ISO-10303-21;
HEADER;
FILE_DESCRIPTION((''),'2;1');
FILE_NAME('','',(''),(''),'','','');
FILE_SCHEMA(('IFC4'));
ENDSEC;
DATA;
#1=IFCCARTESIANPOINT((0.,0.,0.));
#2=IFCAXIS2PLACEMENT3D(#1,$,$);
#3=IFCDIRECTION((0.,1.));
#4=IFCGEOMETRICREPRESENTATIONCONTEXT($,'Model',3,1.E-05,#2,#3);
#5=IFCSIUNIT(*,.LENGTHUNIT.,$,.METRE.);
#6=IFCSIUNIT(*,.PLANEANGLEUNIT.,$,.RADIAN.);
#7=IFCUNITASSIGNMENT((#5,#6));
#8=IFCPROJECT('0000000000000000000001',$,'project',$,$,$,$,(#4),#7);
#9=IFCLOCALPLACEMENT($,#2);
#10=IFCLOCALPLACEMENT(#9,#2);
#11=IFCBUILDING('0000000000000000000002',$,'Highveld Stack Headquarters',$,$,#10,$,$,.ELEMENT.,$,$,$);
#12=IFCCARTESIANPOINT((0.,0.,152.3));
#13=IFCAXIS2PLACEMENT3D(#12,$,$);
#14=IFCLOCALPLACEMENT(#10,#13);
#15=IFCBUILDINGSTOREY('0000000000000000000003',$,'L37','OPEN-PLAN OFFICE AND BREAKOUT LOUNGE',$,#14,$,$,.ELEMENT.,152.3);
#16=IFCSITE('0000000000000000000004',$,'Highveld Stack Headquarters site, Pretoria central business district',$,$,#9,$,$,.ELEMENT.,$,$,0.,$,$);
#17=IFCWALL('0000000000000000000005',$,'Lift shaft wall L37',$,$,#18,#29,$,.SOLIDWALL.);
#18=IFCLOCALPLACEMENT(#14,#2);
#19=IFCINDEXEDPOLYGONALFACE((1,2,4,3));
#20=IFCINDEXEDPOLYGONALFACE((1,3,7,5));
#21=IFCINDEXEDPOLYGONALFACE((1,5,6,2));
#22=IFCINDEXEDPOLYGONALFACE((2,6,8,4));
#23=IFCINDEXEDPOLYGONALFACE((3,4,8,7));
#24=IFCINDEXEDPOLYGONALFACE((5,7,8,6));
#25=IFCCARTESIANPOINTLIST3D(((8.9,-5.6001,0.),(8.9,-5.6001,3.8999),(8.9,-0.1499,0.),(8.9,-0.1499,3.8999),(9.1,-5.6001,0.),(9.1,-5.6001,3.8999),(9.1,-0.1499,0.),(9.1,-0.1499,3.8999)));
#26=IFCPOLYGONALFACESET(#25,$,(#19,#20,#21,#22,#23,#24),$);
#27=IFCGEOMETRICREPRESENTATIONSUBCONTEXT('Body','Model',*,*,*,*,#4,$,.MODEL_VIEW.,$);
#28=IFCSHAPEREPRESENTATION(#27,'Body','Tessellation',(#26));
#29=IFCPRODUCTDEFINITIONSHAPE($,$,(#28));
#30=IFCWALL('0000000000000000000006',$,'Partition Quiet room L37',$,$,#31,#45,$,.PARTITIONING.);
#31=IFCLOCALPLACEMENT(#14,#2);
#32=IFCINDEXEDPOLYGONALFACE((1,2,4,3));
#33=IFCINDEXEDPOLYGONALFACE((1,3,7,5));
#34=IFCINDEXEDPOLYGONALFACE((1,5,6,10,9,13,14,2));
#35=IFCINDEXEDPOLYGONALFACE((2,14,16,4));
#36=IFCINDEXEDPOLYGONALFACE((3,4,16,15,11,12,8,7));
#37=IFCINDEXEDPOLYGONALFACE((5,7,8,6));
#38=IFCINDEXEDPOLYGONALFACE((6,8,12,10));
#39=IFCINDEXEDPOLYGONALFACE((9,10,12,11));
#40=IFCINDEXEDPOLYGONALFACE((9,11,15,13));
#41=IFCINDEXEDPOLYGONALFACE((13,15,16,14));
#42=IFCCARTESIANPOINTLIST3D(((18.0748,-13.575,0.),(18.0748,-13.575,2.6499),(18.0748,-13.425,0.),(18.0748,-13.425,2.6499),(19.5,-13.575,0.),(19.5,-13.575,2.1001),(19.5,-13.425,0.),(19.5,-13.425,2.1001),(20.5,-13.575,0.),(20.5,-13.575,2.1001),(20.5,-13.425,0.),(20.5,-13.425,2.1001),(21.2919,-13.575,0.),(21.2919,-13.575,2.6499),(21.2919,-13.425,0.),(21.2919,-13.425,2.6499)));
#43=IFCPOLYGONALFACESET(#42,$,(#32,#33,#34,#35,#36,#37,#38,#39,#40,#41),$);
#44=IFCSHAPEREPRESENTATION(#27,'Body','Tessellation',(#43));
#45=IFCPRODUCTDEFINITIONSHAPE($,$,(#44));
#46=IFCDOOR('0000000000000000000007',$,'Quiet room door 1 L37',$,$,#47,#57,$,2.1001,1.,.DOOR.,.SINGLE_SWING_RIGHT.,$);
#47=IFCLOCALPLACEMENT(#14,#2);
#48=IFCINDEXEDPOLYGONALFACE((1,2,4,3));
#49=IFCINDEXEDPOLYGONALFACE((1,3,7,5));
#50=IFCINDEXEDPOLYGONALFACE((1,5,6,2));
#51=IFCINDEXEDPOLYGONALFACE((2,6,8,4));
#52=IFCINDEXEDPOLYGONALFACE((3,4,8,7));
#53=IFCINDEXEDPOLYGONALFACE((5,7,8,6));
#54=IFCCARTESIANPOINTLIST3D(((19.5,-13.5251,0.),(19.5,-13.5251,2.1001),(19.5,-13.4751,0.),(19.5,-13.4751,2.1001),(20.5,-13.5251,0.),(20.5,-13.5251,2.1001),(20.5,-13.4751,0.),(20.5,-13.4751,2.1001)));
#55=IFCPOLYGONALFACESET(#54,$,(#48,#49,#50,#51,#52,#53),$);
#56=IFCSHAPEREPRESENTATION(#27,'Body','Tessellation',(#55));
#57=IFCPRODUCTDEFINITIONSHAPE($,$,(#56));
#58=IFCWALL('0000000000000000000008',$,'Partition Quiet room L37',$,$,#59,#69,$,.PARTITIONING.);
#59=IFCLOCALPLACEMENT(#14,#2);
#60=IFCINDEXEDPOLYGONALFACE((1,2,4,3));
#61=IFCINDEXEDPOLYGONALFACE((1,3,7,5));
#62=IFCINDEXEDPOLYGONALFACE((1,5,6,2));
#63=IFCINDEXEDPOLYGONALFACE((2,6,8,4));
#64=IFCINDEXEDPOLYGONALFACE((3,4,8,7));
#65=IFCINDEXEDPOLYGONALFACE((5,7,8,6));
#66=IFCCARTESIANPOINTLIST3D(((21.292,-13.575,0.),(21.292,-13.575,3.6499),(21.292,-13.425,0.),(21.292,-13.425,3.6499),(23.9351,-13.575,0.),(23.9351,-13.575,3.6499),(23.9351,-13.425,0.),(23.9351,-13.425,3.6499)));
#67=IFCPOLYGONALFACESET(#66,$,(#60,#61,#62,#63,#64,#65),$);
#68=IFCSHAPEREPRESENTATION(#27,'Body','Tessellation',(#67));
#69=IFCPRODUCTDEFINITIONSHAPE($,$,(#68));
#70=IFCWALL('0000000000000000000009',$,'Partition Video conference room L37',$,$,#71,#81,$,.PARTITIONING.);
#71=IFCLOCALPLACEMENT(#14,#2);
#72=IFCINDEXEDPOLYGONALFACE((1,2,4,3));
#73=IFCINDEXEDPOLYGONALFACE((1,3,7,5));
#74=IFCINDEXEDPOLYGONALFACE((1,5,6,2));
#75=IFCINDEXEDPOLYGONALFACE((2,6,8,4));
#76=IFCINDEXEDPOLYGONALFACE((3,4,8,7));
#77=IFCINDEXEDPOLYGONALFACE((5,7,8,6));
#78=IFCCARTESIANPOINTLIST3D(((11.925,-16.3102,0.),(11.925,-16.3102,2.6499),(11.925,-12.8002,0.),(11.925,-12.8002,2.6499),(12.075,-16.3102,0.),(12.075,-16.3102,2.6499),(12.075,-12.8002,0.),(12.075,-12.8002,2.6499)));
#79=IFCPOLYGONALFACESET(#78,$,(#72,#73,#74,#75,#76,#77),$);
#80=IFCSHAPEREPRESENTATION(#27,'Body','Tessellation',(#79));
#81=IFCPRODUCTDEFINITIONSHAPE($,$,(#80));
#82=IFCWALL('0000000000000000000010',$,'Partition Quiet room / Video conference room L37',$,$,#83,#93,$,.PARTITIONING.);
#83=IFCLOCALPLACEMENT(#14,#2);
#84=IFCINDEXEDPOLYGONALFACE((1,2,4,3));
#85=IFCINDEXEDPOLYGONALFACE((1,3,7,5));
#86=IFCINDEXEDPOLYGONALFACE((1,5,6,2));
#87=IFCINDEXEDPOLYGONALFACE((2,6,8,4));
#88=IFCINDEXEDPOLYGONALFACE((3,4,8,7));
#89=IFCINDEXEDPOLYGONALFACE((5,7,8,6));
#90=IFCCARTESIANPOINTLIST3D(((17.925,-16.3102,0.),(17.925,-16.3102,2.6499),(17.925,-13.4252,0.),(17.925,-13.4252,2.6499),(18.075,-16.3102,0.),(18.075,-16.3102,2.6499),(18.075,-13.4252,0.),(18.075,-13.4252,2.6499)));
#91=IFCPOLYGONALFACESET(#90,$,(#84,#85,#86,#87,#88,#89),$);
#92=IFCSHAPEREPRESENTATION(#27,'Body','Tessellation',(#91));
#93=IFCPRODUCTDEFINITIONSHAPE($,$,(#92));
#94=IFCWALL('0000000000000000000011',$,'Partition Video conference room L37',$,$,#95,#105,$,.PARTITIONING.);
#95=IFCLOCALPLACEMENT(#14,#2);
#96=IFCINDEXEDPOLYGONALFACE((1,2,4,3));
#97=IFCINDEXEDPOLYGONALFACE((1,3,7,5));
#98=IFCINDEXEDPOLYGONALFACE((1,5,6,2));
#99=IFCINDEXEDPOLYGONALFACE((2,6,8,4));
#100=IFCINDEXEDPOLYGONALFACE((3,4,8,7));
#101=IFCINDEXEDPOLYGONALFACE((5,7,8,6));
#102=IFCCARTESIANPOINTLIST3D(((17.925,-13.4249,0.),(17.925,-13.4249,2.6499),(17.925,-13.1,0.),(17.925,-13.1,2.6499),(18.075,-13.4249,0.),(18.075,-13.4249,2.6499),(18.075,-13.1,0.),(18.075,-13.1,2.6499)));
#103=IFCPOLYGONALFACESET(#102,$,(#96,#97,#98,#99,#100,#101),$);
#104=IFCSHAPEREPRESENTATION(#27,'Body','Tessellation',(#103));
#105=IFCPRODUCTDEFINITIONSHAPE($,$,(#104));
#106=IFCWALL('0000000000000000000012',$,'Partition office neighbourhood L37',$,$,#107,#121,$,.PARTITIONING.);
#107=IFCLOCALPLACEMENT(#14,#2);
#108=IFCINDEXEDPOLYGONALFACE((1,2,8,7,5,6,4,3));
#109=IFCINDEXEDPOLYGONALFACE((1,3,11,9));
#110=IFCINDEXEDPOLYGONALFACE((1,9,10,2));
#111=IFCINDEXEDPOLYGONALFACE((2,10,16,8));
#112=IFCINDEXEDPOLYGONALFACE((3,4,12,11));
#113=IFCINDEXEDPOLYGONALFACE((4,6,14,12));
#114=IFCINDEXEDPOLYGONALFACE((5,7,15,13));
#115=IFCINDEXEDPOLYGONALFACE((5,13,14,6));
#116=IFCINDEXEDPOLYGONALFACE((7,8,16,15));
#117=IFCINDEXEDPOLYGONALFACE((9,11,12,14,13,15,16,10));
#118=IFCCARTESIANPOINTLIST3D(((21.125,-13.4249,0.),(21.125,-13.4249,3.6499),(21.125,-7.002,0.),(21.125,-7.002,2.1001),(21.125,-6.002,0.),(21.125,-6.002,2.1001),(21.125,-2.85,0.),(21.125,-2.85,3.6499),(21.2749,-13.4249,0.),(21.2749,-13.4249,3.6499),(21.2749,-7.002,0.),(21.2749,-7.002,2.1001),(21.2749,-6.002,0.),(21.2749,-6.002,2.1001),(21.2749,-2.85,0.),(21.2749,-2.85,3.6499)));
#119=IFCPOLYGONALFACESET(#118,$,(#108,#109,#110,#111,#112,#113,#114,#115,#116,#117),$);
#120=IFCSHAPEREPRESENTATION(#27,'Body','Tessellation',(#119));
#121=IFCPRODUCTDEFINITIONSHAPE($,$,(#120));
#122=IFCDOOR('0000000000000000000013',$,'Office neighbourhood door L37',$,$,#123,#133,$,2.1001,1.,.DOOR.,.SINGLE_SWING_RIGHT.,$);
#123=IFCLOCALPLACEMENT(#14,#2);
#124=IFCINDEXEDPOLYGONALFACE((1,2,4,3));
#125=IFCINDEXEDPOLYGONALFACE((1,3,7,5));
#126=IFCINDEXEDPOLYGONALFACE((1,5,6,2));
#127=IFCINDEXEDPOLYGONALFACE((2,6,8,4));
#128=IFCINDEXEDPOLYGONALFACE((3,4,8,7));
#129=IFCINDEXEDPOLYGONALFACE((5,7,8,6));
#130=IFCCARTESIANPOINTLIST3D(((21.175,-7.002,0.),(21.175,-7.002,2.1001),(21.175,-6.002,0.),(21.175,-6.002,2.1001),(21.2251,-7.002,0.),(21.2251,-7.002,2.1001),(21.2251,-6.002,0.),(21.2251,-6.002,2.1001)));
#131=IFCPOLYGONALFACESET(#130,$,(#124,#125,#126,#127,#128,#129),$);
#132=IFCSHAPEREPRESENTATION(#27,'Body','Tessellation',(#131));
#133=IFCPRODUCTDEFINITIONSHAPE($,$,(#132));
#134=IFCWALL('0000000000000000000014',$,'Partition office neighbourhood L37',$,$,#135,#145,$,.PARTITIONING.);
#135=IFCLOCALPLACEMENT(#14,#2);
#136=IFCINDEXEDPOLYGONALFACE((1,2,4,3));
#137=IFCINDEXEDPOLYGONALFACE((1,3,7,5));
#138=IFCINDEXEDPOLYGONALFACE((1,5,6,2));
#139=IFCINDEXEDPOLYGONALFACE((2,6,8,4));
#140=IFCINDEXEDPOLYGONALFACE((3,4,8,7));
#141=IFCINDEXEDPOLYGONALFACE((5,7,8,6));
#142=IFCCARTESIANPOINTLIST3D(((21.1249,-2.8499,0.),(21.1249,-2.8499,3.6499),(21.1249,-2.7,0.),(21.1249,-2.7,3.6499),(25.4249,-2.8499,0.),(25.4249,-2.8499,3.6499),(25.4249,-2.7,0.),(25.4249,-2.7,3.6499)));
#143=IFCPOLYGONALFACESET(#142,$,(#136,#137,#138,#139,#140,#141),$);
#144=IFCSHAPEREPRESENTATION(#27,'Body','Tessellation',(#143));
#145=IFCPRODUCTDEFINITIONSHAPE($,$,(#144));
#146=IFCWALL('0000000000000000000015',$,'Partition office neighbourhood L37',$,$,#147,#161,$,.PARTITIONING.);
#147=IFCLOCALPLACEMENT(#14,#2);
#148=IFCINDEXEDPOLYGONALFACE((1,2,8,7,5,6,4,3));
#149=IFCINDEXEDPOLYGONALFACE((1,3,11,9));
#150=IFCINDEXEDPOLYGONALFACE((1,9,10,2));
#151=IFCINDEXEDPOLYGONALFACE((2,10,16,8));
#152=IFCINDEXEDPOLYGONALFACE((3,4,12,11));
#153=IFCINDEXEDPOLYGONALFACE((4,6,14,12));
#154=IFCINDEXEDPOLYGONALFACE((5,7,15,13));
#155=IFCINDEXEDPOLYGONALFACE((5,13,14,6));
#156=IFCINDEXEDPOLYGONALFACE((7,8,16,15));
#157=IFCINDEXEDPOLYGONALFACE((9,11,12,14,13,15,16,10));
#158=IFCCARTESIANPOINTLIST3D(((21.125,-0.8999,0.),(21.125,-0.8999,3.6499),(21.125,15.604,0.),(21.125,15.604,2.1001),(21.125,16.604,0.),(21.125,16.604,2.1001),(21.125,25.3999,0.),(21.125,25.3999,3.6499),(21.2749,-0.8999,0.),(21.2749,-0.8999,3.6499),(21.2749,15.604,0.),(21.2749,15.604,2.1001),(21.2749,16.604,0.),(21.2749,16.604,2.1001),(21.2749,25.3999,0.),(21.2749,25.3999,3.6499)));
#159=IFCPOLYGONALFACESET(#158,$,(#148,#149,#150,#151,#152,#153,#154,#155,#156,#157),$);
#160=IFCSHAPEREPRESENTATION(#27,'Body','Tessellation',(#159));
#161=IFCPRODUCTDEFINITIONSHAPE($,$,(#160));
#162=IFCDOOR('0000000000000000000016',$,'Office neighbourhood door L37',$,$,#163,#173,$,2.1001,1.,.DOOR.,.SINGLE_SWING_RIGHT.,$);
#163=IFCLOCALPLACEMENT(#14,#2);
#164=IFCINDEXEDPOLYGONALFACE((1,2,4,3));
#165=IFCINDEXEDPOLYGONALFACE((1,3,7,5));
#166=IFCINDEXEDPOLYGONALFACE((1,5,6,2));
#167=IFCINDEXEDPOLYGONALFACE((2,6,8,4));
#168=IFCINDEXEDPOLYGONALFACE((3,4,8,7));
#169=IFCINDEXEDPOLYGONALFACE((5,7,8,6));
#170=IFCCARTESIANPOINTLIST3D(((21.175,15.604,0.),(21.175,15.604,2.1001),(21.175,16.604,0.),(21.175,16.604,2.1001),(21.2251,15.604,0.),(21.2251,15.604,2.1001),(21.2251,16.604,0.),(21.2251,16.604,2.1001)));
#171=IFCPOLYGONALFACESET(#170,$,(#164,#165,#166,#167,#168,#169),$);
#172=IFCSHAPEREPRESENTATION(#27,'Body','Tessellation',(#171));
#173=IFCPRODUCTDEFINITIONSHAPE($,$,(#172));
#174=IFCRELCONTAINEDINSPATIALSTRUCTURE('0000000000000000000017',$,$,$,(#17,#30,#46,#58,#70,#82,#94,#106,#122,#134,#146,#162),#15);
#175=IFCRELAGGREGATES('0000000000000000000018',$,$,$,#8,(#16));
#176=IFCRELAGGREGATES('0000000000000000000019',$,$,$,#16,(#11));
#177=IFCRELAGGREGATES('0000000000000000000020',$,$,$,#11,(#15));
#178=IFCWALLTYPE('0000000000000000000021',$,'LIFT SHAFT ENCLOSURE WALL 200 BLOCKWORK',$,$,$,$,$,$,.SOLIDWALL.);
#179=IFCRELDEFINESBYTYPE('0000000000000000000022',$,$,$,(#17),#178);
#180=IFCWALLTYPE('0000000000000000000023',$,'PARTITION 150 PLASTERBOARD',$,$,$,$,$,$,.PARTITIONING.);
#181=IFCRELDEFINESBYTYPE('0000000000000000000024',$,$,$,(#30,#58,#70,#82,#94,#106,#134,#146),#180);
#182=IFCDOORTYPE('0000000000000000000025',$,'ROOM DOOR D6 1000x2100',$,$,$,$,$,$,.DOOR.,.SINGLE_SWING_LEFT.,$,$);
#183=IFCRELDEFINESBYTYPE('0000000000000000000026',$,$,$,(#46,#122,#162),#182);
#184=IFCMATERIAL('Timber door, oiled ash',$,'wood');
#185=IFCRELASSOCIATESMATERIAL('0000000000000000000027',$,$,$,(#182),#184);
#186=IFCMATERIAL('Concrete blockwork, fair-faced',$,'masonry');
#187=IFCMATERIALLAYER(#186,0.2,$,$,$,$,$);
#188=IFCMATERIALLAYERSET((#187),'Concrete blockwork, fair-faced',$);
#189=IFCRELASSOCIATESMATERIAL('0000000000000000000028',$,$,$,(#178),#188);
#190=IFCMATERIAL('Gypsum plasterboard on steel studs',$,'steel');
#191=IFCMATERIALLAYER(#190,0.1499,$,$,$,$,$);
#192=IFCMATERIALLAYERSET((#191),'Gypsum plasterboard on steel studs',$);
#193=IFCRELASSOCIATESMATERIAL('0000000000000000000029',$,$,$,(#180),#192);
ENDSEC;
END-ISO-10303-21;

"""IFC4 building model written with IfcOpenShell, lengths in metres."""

from ifc_helpers import new_model, si_unit, direction, frame, frame_2d, origin, place, context, subcontext, project, spatial, rectangle, extrude, material, layer, layer_set, type_object, element, fill, save


model = new_model("IFC4")

# Units and contexts
model_context = context("Model", 3, precision=1e-05, world=origin(), true_north=direction((0.0, 1.0)))
body_context = subcontext(model_context, "Body", "Model", "MODEL_VIEW")
ifc_project = project(units=[si_unit("LENGTHUNIT", "METRE"), si_unit("PLANEANGLEUNIT", "RADIAN")], contexts=[model_context])

# Site, building, storey
site_placement = place(None, origin())
site = spatial("IfcSite", under=ifc_project, at=site_placement, Name="Highveld Stack Headquarters site, Pretoria central business district", CompositionType="ELEMENT", RefElevation=0.0)
building_placement = place(site_placement, origin())
building = spatial("IfcBuilding", under=site, at=building_placement, Name="Highveld Stack Headquarters", CompositionType="ELEMENT")
storey_placement = place(building_placement, frame((0.0, 0.0, 152.3)))
storey = spatial("IfcBuildingStorey", under=building, at=storey_placement, Name="L37", Description="OPEN-PLAN OFFICE AND BREAKOUT LOUNGE", CompositionType="ELEMENT", Elevation=152.3)

# Shared definitions
ifc_material_1 = material(Name="Timber door, oiled ash", Category="wood")
door_type_1 = type_object("IfcDoorType", Name="ROOM DOOR D6 1000x2100", OperationType="SINGLE_SWING_LEFT", PredefinedType="DOOR", material=ifc_material_1)

# Wall
ifc_material_2 = material(Name="Concrete blockwork, fair-faced", Category="masonry")
ifc_layer_1 = layer(ifc_material_2, 0.2)
ifc_layer_set_1 = layer_set([ifc_layer_1], Name="Concrete blockwork, fair-faced")
wall_type_1 = type_object("IfcWallType", Name="LIFT SHAFT ENCLOSURE WALL 200 BLOCKWORK", PredefinedType="SOLIDWALL", material=ifc_layer_set_1)
wall_1_placement = place(storey_placement, frame((9.0, -5.6001, 0.0), z_axis=(0.0, 0.0, 1.0), x_axis=(0.0, 1.0, 0.0)))
element("IfcWall", 1, at=wall_1_placement, inside=storey, type_object=wall_type_1, Name="Lift shaft wall L37", PredefinedType="SOLIDWALL", context=body_context, shape_type="SweptSolid", body=[
    extrude(rectangle(XDim=5.4502, YDim=0.2, at=frame_2d((2.7251, 0.0))), origin(), (0.0, 0.0, 1.0), 3.8999),
])

# Wall, opening, door
ifc_material_3 = material(Name="Gypsum plasterboard on steel studs", Category="steel")
ifc_layer_2 = layer(ifc_material_3, 0.1499)
ifc_layer_set_2 = layer_set([ifc_layer_2], Name="Gypsum plasterboard on steel studs")
wall_type_2 = type_object("IfcWallType", Name="PARTITION 150 PLASTERBOARD", PredefinedType="PARTITIONING", material=ifc_layer_set_2)
wall_2_placement = place(storey_placement, frame((18.075, -13.5, 0.0), z_axis=(0.0, 0.0, 1.0), x_axis=(1.0, 0.0, 0.0)))
wall_2 = element("IfcWall", 2, at=wall_2_placement, inside=storey, type_object=wall_type_2, Name="Partition Quiet room L37", PredefinedType="PARTITIONING", context=body_context, shape_type="SweptSolid", body=[
    extrude(rectangle(XDim=3.217, YDim=0.1499, at=frame_2d((1.6084, 0.0))), origin(), (0.0, 0.0, 1.0), 2.6499),
])
opening_1_placement = place(wall_2_placement, frame((1.425, 0.0, 0.0)))
opening_1 = element("IfcOpeningElement", 3, at=opening_1_placement, cuts=wall_2, PredefinedType="OPENING", context=body_context, shape_type="SweptSolid", body=[
    extrude(rectangle(XDim=1.0, YDim=2.1001, at=frame_2d((0.5, 1.05))), frame((0.0, 0.085, 0.0), z_axis=(0.0, -1.0, 0.0), x_axis=(1.0, 0.0, 0.0)), (0.0, 0.0, 1.0), 0.1699),
])
door_1_placement = place(opening_1_placement, origin())
door_1 = element("IfcDoor", 4, at=door_1_placement, inside=storey, type_object=door_type_1, Name="Quiet room door 1 L37", OperationType="SINGLE_SWING_RIGHT", OverallHeight=2.1001, OverallWidth=1.0, PredefinedType="DOOR", context=body_context, shape_type="SweptSolid", body=[
    extrude(rectangle(XDim=1.0, YDim=2.1001, at=frame_2d((0.5, 1.05))), frame((0.0, 0.0249, 0.0), z_axis=(0.0, -1.0, 0.0), x_axis=(1.0, 0.0, 0.0)), (0.0, 0.0, 1.0), 0.05),
])
fill(opening_1, door_1)

# Walls
wall_3_placement = place(storey_placement, frame((21.292, -13.5, 0.0), z_axis=(0.0, 0.0, 1.0), x_axis=(1.0, 0.0, 0.0)))
element("IfcWall", 5, at=wall_3_placement, inside=storey, type_object=wall_type_2, Name="Partition Quiet room L37", PredefinedType="PARTITIONING", context=body_context, shape_type="SweptSolid", body=[
    extrude(rectangle(XDim=2.6431, YDim=0.1499, at=frame_2d((1.3215, 0.0))), origin(), (0.0, 0.0, 1.0), 3.6499),
])
wall_4_placement = place(storey_placement, frame((12.0, -16.3101, 0.0), z_axis=(0.0, 0.0, 1.0), x_axis=(0.0, 1.0, 0.0)))
element("IfcWall", 6, at=wall_4_placement, inside=storey, type_object=wall_type_2, Name="Partition Video conference room L37", PredefinedType="PARTITIONING", context=body_context, shape_type="SweptSolid", body=[
    extrude(rectangle(XDim=3.51, YDim=0.1499, at=frame_2d((1.7549, 0.0))), origin(), (0.0, 0.0, 1.0), 2.6499),
])
wall_5_placement = place(storey_placement, frame((18.0, -16.3101, 0.0), z_axis=(0.0, 0.0, 1.0), x_axis=(0.0, 1.0, 0.0)))
element("IfcWall", 7, at=wall_5_placement, inside=storey, type_object=wall_type_2, Name="Partition Quiet room / Video conference room L37", PredefinedType="PARTITIONING", context=body_context, shape_type="SweptSolid", body=[
    extrude(rectangle(XDim=2.885, YDim=0.1499, at=frame_2d((1.4424, 0.0))), origin(), (0.0, 0.0, 1.0), 2.6499),
])
wall_6_placement = place(storey_placement, frame((18.0, -13.425, 0.0), z_axis=(0.0, 0.0, 1.0), x_axis=(0.0, 1.0, 0.0)))
element("IfcWall", 8, at=wall_6_placement, inside=storey, type_object=wall_type_2, Name="Partition Video conference room L37", PredefinedType="PARTITIONING", context=body_context, shape_type="SweptSolid", body=[
    extrude(rectangle(XDim=0.325, YDim=0.1499, at=frame_2d((0.1626, 0.0))), origin(), (0.0, 0.0, 1.0), 2.6499),
])

# Wall, opening, door
wall_7_placement = place(storey_placement, frame((21.2, -13.425, 0.0), z_axis=(0.0, 0.0, 1.0), x_axis=(0.0, 1.0, 0.0)))
wall_7 = element("IfcWall", 9, at=wall_7_placement, inside=storey, type_object=wall_type_2, Name="Partition office neighbourhood L37", PredefinedType="PARTITIONING", context=body_context, shape_type="SweptSolid", body=[
    extrude(rectangle(XDim=10.575, YDim=0.1499, at=frame_2d((5.2876, 0.0))), origin(), (0.0, 0.0, 1.0), 3.6499),
])
opening_2_placement = place(wall_7_placement, frame((6.4231, 0.0, 0.0)))
opening_2 = element("IfcOpeningElement", 10, at=opening_2_placement, cuts=wall_7, PredefinedType="OPENING", context=body_context, shape_type="SweptSolid", body=[
    extrude(rectangle(XDim=1.0, YDim=2.1001, at=frame_2d((0.5, 1.05))), frame((0.0, 0.085, 0.0), z_axis=(0.0, -1.0, 0.0), x_axis=(1.0, 0.0, 0.0)), (0.0, 0.0, 1.0), 0.1699),
])
door_2_placement = place(opening_2_placement, origin())
door_2 = element("IfcDoor", 11, at=door_2_placement, inside=storey, type_object=door_type_1, Name="Office neighbourhood door L37", OperationType="SINGLE_SWING_RIGHT", OverallHeight=2.1001, OverallWidth=1.0, PredefinedType="DOOR", context=body_context, shape_type="SweptSolid", body=[
    extrude(rectangle(XDim=1.0, YDim=2.1001, at=frame_2d((0.5, 1.05))), frame((0.0, 0.0249, 0.0), z_axis=(0.0, -1.0, 0.0), x_axis=(1.0, 0.0, 0.0)), (0.0, 0.0, 1.0), 0.05),
])
fill(opening_2, door_2)

# Wall
wall_8_placement = place(storey_placement, frame((21.125, -2.7749, 0.0), z_axis=(0.0, 0.0, 1.0), x_axis=(1.0, 0.0, 0.0)))
element("IfcWall", 12, at=wall_8_placement, inside=storey, type_object=wall_type_2, Name="Partition office neighbourhood L37", PredefinedType="PARTITIONING", context=body_context, shape_type="SweptSolid", body=[
    extrude(rectangle(XDim=4.3, YDim=0.1499, at=frame_2d((2.1499, 0.0))), origin(), (0.0, 0.0, 1.0), 3.6499),
])

# Wall, opening, door
wall_9_placement = place(storey_placement, frame((21.2, -0.8999, 0.0), z_axis=(0.0, 0.0, 1.0), x_axis=(0.0, 1.0, 0.0)))
wall_9 = element("IfcWall", 13, at=wall_9_placement, inside=storey, type_object=wall_type_2, Name="Partition office neighbourhood L37", PredefinedType="PARTITIONING", context=body_context, shape_type="SweptSolid", body=[
    extrude(rectangle(XDim=26.2998, YDim=0.1499, at=frame_2d((13.1499, 0.0))), origin(), (0.0, 0.0, 1.0), 3.6499),
])
opening_3_placement = place(wall_9_placement, frame((16.5039, 0.0, 0.0)))
opening_3 = element("IfcOpeningElement", 14, at=opening_3_placement, cuts=wall_9, PredefinedType="OPENING", context=body_context, shape_type="SweptSolid", body=[
    extrude(rectangle(XDim=1.0, YDim=2.1001, at=frame_2d((0.5, 1.05))), frame((0.0, 0.085, 0.0), z_axis=(0.0, -1.0, 0.0), x_axis=(1.0, 0.0, 0.0)), (0.0, 0.0, 1.0), 0.1699),
])
door_3_placement = place(opening_3_placement, origin())
door_3 = element("IfcDoor", 15, at=door_3_placement, inside=storey, type_object=door_type_1, Name="Office neighbourhood door L37", OperationType="SINGLE_SWING_RIGHT", OverallHeight=2.1001, OverallWidth=1.0, PredefinedType="DOOR", context=body_context, shape_type="SweptSolid", body=[
    extrude(rectangle(XDim=1.0, YDim=2.1001, at=frame_2d((0.5, 1.05))), frame((0.0, 0.0249, 0.0), z_axis=(0.0, -1.0, 0.0), x_axis=(1.0, 0.0, 0.0)), (0.0, 0.0, 1.0), 0.05),
])
fill(opening_3, door_3)

save(model, "model.ifc")
